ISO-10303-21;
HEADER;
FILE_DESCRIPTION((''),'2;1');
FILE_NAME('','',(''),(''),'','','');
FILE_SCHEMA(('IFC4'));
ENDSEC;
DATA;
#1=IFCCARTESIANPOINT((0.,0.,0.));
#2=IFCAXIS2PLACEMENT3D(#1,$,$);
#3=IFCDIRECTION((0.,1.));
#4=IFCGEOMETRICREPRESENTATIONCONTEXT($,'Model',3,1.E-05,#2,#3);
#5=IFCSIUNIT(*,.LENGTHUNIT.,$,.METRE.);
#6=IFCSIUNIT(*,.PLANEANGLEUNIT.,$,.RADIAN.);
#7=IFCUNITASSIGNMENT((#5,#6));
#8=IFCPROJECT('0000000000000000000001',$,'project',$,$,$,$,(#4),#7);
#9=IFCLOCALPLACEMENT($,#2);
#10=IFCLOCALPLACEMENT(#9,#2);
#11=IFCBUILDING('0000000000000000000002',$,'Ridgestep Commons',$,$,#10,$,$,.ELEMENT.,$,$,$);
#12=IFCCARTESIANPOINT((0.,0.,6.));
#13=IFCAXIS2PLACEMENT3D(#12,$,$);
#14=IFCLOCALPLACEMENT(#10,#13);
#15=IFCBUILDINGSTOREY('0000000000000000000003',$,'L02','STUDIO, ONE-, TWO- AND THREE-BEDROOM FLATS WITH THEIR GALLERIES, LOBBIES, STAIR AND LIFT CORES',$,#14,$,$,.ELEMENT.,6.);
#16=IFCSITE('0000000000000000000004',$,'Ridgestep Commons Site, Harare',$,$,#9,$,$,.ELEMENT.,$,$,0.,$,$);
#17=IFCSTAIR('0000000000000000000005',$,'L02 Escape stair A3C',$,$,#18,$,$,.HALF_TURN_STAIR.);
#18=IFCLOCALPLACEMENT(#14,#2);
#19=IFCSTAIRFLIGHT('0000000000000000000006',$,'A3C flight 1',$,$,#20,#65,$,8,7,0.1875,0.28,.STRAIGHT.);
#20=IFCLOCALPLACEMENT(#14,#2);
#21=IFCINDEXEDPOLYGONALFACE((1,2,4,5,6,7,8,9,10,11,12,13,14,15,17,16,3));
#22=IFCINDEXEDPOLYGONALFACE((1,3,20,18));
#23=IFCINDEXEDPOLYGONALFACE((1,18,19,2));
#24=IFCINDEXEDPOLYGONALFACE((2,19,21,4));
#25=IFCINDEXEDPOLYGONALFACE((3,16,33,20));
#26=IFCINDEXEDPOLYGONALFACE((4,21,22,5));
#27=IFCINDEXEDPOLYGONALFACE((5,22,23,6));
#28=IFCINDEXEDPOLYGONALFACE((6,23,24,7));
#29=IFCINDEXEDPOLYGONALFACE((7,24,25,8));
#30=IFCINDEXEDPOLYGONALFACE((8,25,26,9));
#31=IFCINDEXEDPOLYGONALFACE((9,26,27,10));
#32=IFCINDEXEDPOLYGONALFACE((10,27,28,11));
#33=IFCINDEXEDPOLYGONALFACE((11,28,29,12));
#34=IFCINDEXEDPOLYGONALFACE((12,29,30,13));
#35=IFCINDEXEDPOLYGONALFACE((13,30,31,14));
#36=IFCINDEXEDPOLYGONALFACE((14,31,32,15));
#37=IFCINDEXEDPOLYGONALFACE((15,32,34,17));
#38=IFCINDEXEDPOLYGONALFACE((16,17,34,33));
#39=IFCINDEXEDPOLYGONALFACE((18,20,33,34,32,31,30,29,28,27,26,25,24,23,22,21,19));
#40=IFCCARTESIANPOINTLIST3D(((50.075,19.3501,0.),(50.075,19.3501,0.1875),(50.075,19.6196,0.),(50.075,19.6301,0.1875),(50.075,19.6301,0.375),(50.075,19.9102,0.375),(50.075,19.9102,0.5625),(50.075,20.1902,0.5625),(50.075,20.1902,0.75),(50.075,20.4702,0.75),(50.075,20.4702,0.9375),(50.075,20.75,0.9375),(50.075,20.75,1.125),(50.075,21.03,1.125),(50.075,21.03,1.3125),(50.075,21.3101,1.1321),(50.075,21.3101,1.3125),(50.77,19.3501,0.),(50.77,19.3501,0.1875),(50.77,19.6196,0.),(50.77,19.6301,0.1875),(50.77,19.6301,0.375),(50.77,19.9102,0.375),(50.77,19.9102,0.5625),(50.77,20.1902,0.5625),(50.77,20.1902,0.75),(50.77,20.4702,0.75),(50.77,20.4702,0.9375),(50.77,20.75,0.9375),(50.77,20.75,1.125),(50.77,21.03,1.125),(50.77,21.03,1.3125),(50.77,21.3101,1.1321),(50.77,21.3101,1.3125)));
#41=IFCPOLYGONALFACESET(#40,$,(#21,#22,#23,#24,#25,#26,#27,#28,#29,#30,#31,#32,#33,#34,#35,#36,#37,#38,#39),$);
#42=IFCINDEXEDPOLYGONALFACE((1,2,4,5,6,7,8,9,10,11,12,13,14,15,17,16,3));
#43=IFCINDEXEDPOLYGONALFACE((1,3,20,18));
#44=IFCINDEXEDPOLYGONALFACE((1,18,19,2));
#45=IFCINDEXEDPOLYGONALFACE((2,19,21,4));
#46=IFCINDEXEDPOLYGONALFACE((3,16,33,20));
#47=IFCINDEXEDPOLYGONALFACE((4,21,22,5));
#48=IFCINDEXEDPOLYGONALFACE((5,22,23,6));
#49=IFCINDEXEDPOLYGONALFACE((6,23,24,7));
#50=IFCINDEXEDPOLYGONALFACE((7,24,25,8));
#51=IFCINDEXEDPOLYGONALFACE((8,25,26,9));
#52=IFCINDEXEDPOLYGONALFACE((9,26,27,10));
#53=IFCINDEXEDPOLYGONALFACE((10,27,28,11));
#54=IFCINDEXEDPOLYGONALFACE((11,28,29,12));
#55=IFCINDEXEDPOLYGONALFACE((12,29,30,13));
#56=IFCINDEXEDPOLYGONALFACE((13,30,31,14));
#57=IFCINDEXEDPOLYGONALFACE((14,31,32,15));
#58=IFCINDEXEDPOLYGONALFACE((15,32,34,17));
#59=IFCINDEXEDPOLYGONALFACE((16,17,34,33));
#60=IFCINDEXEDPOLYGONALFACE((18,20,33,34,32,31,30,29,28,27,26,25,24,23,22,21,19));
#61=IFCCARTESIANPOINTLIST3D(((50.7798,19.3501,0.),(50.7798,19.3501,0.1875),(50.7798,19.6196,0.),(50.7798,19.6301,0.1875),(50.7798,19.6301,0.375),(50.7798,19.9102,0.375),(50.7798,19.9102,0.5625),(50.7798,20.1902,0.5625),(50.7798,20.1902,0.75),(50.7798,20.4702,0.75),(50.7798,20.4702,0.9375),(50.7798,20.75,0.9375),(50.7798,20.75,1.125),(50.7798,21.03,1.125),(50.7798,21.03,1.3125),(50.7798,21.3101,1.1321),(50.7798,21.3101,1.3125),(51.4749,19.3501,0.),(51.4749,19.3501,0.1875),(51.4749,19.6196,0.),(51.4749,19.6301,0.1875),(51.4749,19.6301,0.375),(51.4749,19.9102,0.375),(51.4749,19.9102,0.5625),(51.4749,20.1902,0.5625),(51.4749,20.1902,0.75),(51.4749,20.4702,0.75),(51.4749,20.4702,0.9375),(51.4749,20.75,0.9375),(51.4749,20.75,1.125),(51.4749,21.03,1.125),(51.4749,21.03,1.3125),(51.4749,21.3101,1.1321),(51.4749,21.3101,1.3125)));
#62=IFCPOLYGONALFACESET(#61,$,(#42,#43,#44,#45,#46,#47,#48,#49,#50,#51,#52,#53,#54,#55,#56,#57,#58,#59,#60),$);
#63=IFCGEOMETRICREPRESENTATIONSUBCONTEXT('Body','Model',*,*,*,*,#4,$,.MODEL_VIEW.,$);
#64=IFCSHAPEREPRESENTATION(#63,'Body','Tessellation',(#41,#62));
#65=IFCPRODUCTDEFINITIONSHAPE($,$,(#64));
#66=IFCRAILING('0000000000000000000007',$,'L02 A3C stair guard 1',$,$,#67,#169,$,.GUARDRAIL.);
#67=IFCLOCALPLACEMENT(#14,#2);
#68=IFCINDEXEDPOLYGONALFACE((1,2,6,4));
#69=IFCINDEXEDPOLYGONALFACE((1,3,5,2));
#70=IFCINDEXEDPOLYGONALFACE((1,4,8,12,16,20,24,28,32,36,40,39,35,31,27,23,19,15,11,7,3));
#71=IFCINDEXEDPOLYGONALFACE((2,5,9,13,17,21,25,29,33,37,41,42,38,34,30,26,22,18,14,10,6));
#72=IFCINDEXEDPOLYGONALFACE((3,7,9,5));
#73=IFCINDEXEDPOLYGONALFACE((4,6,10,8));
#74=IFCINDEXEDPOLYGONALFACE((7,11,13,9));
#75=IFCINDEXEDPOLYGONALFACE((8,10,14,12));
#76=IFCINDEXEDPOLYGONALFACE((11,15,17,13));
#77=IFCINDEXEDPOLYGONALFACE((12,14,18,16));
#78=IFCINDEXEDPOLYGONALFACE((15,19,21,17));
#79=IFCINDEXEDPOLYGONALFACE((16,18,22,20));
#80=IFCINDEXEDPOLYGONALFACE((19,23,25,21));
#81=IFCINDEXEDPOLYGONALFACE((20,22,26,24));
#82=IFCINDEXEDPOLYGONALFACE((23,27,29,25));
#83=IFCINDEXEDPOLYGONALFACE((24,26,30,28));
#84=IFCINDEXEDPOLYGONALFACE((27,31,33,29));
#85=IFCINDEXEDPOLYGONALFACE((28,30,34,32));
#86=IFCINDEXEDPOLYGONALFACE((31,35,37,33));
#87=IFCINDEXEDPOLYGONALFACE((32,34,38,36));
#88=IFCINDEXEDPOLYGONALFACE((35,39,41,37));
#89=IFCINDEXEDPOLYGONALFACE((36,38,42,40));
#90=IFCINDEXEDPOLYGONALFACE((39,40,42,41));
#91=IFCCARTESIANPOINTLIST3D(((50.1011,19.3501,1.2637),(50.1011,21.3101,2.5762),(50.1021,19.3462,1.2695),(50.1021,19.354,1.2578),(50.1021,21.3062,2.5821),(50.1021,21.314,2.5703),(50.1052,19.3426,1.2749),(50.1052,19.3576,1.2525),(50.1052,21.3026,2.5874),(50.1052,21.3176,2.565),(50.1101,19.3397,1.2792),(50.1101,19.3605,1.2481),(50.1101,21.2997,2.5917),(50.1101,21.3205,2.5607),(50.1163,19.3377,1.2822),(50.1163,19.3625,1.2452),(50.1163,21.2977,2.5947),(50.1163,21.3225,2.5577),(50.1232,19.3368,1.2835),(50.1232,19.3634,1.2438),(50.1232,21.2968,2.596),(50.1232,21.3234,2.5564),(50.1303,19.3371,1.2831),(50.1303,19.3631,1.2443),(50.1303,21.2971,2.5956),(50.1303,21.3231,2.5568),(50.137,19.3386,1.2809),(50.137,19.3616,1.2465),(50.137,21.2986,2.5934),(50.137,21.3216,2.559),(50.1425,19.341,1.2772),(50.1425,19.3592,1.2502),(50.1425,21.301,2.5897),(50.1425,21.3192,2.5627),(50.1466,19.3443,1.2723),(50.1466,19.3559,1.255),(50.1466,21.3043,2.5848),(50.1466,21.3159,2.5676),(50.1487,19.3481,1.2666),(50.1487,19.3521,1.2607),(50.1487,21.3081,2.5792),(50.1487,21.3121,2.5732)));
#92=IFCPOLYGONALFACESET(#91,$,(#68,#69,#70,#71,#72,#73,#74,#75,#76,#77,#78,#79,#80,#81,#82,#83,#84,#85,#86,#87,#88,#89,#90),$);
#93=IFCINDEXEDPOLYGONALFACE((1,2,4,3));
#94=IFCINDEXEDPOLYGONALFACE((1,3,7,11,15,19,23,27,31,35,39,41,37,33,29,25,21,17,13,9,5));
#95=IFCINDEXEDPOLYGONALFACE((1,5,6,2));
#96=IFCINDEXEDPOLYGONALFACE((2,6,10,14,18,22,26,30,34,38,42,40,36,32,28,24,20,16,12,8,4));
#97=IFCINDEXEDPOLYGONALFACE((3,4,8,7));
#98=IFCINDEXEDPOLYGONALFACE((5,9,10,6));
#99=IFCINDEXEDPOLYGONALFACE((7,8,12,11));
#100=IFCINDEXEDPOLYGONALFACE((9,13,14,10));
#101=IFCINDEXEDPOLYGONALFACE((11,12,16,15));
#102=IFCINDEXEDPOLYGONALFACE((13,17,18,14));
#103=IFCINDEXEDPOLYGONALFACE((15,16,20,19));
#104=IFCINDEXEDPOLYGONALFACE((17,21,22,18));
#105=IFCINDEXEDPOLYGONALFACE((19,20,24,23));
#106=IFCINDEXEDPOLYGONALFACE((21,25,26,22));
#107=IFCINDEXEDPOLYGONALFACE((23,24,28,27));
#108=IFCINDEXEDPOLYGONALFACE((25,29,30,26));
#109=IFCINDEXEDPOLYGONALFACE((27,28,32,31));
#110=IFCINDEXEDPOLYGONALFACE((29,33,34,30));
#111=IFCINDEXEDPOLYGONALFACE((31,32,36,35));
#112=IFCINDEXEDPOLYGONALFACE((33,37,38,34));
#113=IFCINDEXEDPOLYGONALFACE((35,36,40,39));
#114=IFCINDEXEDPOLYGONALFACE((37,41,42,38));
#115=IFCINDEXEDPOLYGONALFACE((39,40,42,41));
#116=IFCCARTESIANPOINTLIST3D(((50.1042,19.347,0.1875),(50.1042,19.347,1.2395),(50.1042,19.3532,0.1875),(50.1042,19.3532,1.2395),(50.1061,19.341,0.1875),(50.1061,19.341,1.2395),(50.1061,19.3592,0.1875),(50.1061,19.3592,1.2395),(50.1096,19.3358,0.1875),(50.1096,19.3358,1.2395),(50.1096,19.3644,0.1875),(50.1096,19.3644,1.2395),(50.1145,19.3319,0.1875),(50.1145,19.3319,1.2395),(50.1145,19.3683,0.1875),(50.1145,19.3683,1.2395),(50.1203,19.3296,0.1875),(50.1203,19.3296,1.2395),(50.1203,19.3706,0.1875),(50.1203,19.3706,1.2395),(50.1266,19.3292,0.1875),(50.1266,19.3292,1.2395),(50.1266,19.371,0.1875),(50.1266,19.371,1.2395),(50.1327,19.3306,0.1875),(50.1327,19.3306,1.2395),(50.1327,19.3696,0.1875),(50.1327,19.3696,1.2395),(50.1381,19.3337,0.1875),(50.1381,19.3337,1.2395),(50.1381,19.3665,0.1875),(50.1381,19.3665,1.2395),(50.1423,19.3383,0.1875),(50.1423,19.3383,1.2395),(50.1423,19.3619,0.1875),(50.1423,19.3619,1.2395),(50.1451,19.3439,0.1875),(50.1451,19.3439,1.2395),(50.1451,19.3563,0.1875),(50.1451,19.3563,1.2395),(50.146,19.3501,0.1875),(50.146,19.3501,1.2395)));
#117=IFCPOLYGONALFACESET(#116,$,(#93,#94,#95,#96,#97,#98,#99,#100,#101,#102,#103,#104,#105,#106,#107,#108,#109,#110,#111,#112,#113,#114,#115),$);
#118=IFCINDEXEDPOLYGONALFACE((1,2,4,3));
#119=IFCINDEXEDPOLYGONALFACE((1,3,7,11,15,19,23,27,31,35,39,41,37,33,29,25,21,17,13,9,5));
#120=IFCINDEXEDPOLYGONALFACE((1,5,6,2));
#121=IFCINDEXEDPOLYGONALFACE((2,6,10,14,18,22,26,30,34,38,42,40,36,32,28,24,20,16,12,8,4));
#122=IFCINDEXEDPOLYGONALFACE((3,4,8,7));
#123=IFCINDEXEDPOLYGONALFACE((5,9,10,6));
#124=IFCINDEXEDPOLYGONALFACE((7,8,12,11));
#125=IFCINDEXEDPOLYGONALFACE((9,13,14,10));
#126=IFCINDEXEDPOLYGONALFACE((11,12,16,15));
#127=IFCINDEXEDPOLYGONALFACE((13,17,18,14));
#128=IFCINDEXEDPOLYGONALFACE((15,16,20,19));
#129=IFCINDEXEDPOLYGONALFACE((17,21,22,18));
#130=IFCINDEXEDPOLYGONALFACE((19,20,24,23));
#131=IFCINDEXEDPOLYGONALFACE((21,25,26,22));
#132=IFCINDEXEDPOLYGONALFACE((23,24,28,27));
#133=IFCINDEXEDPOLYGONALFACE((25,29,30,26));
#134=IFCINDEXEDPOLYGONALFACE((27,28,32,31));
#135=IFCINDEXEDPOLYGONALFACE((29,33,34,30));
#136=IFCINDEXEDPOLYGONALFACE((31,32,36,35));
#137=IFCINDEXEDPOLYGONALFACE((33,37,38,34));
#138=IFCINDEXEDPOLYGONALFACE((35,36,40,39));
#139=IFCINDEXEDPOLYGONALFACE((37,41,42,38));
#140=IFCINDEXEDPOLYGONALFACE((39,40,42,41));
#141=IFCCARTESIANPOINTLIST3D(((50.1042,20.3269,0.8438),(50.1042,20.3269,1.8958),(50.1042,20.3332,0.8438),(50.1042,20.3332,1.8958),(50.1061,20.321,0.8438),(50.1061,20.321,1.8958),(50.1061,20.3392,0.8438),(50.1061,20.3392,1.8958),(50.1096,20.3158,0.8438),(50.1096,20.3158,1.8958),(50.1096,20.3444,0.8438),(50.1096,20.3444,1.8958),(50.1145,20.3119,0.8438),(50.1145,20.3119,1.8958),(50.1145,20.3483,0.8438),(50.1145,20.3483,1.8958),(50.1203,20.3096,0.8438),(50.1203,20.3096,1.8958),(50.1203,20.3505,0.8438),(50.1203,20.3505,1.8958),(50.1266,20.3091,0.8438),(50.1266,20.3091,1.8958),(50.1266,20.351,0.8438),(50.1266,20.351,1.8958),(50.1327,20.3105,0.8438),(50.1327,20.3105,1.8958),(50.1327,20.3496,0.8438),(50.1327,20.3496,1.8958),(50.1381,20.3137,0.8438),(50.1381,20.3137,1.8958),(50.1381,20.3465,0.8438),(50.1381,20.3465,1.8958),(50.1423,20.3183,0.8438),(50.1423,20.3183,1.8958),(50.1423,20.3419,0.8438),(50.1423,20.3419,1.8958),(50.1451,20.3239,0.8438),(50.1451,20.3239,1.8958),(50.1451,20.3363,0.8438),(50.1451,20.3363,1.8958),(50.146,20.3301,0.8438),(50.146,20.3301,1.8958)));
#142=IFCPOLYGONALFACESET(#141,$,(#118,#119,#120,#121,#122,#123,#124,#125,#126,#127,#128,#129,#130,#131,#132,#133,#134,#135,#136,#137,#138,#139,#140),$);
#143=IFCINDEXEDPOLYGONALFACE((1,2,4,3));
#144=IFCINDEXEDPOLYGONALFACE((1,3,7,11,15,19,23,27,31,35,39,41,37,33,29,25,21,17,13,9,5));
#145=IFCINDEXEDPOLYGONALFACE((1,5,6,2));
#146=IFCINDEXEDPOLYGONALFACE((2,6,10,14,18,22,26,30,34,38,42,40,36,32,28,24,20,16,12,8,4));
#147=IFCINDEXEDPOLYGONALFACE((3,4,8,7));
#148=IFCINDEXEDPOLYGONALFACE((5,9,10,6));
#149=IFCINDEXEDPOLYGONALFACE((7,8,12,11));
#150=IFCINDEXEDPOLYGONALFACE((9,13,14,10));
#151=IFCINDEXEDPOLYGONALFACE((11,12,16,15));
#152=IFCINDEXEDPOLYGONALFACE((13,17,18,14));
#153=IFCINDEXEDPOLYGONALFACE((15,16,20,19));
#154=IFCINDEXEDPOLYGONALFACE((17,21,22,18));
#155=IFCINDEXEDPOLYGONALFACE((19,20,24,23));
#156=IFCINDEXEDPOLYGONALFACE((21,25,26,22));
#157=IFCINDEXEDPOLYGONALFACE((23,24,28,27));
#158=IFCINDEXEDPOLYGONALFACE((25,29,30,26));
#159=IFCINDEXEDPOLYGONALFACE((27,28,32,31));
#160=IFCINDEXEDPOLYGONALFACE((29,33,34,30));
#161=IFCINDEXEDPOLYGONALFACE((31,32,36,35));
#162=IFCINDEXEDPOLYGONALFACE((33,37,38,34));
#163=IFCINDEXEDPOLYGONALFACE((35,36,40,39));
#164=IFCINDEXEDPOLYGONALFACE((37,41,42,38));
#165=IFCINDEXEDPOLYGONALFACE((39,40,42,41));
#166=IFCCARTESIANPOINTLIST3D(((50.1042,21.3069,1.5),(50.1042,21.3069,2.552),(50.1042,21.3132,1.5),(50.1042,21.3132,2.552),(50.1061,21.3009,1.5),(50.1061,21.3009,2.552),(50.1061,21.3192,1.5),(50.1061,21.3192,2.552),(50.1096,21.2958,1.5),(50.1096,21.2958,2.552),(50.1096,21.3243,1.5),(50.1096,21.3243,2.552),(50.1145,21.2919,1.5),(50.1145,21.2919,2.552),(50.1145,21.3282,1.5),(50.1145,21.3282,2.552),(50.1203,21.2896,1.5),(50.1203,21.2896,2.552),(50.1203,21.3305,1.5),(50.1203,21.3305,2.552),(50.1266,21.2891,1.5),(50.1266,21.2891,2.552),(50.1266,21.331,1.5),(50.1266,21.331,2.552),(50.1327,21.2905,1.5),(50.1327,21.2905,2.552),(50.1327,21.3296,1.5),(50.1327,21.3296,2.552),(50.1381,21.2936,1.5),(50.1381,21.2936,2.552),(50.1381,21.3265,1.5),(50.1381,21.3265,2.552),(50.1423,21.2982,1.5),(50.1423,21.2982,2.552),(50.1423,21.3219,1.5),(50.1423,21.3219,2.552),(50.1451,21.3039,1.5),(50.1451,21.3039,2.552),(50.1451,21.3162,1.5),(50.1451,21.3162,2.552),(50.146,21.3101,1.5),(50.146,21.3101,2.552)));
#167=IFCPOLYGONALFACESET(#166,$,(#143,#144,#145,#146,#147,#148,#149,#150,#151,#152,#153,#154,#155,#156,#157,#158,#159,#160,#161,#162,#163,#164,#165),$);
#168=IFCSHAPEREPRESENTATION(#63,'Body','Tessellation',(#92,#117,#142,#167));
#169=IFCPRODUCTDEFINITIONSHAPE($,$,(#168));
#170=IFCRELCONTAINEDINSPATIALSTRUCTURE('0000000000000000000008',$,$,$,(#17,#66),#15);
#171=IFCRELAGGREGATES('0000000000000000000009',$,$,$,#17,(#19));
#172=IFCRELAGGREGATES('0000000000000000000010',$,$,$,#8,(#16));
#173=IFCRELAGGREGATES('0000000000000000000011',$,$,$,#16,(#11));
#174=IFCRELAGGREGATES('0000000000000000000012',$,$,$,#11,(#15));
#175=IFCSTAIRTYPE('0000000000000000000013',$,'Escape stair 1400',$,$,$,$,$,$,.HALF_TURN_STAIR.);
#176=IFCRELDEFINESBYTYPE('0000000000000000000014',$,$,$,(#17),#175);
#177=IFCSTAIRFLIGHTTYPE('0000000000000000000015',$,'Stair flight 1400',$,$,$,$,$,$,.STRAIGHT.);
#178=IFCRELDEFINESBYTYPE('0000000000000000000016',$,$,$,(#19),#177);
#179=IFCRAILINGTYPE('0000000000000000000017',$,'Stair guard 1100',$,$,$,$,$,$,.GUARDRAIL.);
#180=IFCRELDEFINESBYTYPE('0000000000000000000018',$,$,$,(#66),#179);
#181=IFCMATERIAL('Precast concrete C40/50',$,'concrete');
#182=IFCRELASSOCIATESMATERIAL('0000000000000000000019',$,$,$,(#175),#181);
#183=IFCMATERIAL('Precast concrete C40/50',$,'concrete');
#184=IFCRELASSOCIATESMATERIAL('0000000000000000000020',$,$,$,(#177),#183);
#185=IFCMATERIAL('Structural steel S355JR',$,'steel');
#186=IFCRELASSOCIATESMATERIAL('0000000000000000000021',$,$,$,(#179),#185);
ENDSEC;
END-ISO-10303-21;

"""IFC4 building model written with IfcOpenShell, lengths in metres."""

from ifc_helpers import new_model, si_unit, direction, frame, origin, origin_2d, place, context, subcontext, project, spatial, polyline, circle, outline, extrude, material, type_object, element, aggregate, save


model = new_model("IFC4")

# Units and contexts
model_context = context("Model", 3, precision=1e-05, world=origin(), true_north=direction((0.0, 1.0)))
body_context = subcontext(model_context, "Body", "Model", "MODEL_VIEW")
ifc_project = project(units=[si_unit("LENGTHUNIT", "METRE"), si_unit("PLANEANGLEUNIT", "RADIAN")], contexts=[model_context])

# Site, building, storey
site_placement = place(None, origin())
site = spatial("IfcSite", under=ifc_project, at=site_placement, Name="Ridgestep Commons Site, Harare", CompositionType="ELEMENT", RefElevation=0.0)
building_placement = place(site_placement, origin())
building = spatial("IfcBuilding", under=site, at=building_placement, Name="Ridgestep Commons", CompositionType="ELEMENT")
storey_placement = place(building_placement, frame((0.0, 0.0, 6.0)))
storey = spatial("IfcBuildingStorey", under=building, at=storey_placement, Name="L02", Description="STUDIO, ONE-, TWO- AND THREE-BEDROOM FLATS WITH THEIR GALLERIES, LOBBIES, STAIR AND LIFT CORES", CompositionType="ELEMENT", Elevation=6.0)

# Stair, stair flight
ifc_material_1 = material(Name="Precast concrete C40/50", Category="concrete")
stair_type = type_object("IfcStairType", Name="Escape stair 1400", PredefinedType="HALF_TURN_STAIR", material=ifc_material_1)
stair_placement = place(storey_placement, origin())
stair = element("IfcStair", 1, at=stair_placement, inside=storey, type_object=stair_type, Name="L02 Escape stair A3C", PredefinedType="HALF_TURN_STAIR")
ifc_material_2 = material(Name="Precast concrete C40/50", Category="concrete")
stair_flight_type = type_object("IfcStairFlightType", Name="Stair flight 1400", PredefinedType="STRAIGHT", material=ifc_material_2)
stair_flight_placement = place(storey_placement, frame((50.7749, 19.3501, 0.0), z_axis=(0.0, 0.0, 1.0), x_axis=(0.0, 1.0, 0.0)))
stair_flight = element("IfcStairFlight", 2, at=stair_flight_placement, type_object=stair_flight_type, Name="A3C flight 1", NumberOfRisers=8, NumberOfTreads=7, PredefinedType="STRAIGHT", RiserHeight=0.1875, TreadLength=0.28, context=body_context, shape_type="SweptSolid", body=[
    extrude(outline(polyline([(0.0, 0.0), (0.0, 0.1875), (0.28, 0.1875), (0.28, 0.375), (0.5601, 0.375), (0.5601, 0.5625), (0.8401, 0.5625), (0.8401, 0.75), (1.1201, 0.75), (1.1201, 0.9375), (1.3999, 0.9375), (1.3999, 1.125), (1.6799, 1.125), (1.6799, 1.3125), (1.96, 1.3125), (1.96, 1.5), (1.96, 1.1321), (0.2695, 0.0), (0.0, 0.0)])), frame((0.0, 0.7, 0.0), z_axis=(0.0, -1.0, 0.0), x_axis=(1.0, 0.0, 0.0)), (0.0, 0.0, 1.0), 0.6951),
    extrude(outline(polyline([(0.0, 0.0), (0.0, 0.1875), (0.28, 0.1875), (0.28, 0.375), (0.5601, 0.375), (0.5601, 0.5625), (0.8401, 0.5625), (0.8401, 0.75), (1.1201, 0.75), (1.1201, 0.9375), (1.3999, 0.9375), (1.3999, 1.125), (1.6799, 1.125), (1.6799, 1.3125), (1.96, 1.3125), (1.96, 1.5), (1.96, 1.1321), (0.2695, 0.0), (0.0, 0.0)])), frame((0.0, -0.0049, 0.0), z_axis=(0.0, -1.0, 0.0), x_axis=(1.0, 0.0, 0.0)), (0.0, 0.0, 1.0), 0.6951),
])
aggregate(stair, [stair_flight])

# Railing
ifc_material_3 = material(Name="Structural steel S355JR", Category="steel")
railing_type_1 = type_object("IfcRailingType", Name="Stair guard 1100", PredefinedType="GUARDRAIL", material=ifc_material_3)
railing_1_placement = place(storey_placement, frame((50.125, 19.3501, 0.1875)))
element("IfcRailing", 3, at=railing_1_placement, inside=storey, type_object=railing_type_1, Name="L02 A3C stair guard 1", PredefinedType="GUARDRAIL", context=body_context, shape_type="SweptSolid", body=[
    extrude(circle(Radius=0.0239, at=origin_2d()), frame((0.0, 0.0, 1.0762), z_axis=(0.0, 0.830902, 0.556419), x_axis=(-1.0, 0.0, 0.0)), (0.0, 0.0, 1.0), 2.3589),
    extrude(circle(Radius=0.021, at=origin_2d()), origin(), (0.0, 0.0, 1.0), 1.052),
    extrude(circle(Radius=0.021, at=origin_2d()), frame((0.0, 0.98, 0.6562)), (0.0, 0.0, 1.0), 1.052),
    extrude(circle(Radius=0.021, at=origin_2d()), frame((0.0, 1.96, 1.3125)), (0.0, 0.0, 1.0), 1.052),
])

save(model, "model.ifc")
